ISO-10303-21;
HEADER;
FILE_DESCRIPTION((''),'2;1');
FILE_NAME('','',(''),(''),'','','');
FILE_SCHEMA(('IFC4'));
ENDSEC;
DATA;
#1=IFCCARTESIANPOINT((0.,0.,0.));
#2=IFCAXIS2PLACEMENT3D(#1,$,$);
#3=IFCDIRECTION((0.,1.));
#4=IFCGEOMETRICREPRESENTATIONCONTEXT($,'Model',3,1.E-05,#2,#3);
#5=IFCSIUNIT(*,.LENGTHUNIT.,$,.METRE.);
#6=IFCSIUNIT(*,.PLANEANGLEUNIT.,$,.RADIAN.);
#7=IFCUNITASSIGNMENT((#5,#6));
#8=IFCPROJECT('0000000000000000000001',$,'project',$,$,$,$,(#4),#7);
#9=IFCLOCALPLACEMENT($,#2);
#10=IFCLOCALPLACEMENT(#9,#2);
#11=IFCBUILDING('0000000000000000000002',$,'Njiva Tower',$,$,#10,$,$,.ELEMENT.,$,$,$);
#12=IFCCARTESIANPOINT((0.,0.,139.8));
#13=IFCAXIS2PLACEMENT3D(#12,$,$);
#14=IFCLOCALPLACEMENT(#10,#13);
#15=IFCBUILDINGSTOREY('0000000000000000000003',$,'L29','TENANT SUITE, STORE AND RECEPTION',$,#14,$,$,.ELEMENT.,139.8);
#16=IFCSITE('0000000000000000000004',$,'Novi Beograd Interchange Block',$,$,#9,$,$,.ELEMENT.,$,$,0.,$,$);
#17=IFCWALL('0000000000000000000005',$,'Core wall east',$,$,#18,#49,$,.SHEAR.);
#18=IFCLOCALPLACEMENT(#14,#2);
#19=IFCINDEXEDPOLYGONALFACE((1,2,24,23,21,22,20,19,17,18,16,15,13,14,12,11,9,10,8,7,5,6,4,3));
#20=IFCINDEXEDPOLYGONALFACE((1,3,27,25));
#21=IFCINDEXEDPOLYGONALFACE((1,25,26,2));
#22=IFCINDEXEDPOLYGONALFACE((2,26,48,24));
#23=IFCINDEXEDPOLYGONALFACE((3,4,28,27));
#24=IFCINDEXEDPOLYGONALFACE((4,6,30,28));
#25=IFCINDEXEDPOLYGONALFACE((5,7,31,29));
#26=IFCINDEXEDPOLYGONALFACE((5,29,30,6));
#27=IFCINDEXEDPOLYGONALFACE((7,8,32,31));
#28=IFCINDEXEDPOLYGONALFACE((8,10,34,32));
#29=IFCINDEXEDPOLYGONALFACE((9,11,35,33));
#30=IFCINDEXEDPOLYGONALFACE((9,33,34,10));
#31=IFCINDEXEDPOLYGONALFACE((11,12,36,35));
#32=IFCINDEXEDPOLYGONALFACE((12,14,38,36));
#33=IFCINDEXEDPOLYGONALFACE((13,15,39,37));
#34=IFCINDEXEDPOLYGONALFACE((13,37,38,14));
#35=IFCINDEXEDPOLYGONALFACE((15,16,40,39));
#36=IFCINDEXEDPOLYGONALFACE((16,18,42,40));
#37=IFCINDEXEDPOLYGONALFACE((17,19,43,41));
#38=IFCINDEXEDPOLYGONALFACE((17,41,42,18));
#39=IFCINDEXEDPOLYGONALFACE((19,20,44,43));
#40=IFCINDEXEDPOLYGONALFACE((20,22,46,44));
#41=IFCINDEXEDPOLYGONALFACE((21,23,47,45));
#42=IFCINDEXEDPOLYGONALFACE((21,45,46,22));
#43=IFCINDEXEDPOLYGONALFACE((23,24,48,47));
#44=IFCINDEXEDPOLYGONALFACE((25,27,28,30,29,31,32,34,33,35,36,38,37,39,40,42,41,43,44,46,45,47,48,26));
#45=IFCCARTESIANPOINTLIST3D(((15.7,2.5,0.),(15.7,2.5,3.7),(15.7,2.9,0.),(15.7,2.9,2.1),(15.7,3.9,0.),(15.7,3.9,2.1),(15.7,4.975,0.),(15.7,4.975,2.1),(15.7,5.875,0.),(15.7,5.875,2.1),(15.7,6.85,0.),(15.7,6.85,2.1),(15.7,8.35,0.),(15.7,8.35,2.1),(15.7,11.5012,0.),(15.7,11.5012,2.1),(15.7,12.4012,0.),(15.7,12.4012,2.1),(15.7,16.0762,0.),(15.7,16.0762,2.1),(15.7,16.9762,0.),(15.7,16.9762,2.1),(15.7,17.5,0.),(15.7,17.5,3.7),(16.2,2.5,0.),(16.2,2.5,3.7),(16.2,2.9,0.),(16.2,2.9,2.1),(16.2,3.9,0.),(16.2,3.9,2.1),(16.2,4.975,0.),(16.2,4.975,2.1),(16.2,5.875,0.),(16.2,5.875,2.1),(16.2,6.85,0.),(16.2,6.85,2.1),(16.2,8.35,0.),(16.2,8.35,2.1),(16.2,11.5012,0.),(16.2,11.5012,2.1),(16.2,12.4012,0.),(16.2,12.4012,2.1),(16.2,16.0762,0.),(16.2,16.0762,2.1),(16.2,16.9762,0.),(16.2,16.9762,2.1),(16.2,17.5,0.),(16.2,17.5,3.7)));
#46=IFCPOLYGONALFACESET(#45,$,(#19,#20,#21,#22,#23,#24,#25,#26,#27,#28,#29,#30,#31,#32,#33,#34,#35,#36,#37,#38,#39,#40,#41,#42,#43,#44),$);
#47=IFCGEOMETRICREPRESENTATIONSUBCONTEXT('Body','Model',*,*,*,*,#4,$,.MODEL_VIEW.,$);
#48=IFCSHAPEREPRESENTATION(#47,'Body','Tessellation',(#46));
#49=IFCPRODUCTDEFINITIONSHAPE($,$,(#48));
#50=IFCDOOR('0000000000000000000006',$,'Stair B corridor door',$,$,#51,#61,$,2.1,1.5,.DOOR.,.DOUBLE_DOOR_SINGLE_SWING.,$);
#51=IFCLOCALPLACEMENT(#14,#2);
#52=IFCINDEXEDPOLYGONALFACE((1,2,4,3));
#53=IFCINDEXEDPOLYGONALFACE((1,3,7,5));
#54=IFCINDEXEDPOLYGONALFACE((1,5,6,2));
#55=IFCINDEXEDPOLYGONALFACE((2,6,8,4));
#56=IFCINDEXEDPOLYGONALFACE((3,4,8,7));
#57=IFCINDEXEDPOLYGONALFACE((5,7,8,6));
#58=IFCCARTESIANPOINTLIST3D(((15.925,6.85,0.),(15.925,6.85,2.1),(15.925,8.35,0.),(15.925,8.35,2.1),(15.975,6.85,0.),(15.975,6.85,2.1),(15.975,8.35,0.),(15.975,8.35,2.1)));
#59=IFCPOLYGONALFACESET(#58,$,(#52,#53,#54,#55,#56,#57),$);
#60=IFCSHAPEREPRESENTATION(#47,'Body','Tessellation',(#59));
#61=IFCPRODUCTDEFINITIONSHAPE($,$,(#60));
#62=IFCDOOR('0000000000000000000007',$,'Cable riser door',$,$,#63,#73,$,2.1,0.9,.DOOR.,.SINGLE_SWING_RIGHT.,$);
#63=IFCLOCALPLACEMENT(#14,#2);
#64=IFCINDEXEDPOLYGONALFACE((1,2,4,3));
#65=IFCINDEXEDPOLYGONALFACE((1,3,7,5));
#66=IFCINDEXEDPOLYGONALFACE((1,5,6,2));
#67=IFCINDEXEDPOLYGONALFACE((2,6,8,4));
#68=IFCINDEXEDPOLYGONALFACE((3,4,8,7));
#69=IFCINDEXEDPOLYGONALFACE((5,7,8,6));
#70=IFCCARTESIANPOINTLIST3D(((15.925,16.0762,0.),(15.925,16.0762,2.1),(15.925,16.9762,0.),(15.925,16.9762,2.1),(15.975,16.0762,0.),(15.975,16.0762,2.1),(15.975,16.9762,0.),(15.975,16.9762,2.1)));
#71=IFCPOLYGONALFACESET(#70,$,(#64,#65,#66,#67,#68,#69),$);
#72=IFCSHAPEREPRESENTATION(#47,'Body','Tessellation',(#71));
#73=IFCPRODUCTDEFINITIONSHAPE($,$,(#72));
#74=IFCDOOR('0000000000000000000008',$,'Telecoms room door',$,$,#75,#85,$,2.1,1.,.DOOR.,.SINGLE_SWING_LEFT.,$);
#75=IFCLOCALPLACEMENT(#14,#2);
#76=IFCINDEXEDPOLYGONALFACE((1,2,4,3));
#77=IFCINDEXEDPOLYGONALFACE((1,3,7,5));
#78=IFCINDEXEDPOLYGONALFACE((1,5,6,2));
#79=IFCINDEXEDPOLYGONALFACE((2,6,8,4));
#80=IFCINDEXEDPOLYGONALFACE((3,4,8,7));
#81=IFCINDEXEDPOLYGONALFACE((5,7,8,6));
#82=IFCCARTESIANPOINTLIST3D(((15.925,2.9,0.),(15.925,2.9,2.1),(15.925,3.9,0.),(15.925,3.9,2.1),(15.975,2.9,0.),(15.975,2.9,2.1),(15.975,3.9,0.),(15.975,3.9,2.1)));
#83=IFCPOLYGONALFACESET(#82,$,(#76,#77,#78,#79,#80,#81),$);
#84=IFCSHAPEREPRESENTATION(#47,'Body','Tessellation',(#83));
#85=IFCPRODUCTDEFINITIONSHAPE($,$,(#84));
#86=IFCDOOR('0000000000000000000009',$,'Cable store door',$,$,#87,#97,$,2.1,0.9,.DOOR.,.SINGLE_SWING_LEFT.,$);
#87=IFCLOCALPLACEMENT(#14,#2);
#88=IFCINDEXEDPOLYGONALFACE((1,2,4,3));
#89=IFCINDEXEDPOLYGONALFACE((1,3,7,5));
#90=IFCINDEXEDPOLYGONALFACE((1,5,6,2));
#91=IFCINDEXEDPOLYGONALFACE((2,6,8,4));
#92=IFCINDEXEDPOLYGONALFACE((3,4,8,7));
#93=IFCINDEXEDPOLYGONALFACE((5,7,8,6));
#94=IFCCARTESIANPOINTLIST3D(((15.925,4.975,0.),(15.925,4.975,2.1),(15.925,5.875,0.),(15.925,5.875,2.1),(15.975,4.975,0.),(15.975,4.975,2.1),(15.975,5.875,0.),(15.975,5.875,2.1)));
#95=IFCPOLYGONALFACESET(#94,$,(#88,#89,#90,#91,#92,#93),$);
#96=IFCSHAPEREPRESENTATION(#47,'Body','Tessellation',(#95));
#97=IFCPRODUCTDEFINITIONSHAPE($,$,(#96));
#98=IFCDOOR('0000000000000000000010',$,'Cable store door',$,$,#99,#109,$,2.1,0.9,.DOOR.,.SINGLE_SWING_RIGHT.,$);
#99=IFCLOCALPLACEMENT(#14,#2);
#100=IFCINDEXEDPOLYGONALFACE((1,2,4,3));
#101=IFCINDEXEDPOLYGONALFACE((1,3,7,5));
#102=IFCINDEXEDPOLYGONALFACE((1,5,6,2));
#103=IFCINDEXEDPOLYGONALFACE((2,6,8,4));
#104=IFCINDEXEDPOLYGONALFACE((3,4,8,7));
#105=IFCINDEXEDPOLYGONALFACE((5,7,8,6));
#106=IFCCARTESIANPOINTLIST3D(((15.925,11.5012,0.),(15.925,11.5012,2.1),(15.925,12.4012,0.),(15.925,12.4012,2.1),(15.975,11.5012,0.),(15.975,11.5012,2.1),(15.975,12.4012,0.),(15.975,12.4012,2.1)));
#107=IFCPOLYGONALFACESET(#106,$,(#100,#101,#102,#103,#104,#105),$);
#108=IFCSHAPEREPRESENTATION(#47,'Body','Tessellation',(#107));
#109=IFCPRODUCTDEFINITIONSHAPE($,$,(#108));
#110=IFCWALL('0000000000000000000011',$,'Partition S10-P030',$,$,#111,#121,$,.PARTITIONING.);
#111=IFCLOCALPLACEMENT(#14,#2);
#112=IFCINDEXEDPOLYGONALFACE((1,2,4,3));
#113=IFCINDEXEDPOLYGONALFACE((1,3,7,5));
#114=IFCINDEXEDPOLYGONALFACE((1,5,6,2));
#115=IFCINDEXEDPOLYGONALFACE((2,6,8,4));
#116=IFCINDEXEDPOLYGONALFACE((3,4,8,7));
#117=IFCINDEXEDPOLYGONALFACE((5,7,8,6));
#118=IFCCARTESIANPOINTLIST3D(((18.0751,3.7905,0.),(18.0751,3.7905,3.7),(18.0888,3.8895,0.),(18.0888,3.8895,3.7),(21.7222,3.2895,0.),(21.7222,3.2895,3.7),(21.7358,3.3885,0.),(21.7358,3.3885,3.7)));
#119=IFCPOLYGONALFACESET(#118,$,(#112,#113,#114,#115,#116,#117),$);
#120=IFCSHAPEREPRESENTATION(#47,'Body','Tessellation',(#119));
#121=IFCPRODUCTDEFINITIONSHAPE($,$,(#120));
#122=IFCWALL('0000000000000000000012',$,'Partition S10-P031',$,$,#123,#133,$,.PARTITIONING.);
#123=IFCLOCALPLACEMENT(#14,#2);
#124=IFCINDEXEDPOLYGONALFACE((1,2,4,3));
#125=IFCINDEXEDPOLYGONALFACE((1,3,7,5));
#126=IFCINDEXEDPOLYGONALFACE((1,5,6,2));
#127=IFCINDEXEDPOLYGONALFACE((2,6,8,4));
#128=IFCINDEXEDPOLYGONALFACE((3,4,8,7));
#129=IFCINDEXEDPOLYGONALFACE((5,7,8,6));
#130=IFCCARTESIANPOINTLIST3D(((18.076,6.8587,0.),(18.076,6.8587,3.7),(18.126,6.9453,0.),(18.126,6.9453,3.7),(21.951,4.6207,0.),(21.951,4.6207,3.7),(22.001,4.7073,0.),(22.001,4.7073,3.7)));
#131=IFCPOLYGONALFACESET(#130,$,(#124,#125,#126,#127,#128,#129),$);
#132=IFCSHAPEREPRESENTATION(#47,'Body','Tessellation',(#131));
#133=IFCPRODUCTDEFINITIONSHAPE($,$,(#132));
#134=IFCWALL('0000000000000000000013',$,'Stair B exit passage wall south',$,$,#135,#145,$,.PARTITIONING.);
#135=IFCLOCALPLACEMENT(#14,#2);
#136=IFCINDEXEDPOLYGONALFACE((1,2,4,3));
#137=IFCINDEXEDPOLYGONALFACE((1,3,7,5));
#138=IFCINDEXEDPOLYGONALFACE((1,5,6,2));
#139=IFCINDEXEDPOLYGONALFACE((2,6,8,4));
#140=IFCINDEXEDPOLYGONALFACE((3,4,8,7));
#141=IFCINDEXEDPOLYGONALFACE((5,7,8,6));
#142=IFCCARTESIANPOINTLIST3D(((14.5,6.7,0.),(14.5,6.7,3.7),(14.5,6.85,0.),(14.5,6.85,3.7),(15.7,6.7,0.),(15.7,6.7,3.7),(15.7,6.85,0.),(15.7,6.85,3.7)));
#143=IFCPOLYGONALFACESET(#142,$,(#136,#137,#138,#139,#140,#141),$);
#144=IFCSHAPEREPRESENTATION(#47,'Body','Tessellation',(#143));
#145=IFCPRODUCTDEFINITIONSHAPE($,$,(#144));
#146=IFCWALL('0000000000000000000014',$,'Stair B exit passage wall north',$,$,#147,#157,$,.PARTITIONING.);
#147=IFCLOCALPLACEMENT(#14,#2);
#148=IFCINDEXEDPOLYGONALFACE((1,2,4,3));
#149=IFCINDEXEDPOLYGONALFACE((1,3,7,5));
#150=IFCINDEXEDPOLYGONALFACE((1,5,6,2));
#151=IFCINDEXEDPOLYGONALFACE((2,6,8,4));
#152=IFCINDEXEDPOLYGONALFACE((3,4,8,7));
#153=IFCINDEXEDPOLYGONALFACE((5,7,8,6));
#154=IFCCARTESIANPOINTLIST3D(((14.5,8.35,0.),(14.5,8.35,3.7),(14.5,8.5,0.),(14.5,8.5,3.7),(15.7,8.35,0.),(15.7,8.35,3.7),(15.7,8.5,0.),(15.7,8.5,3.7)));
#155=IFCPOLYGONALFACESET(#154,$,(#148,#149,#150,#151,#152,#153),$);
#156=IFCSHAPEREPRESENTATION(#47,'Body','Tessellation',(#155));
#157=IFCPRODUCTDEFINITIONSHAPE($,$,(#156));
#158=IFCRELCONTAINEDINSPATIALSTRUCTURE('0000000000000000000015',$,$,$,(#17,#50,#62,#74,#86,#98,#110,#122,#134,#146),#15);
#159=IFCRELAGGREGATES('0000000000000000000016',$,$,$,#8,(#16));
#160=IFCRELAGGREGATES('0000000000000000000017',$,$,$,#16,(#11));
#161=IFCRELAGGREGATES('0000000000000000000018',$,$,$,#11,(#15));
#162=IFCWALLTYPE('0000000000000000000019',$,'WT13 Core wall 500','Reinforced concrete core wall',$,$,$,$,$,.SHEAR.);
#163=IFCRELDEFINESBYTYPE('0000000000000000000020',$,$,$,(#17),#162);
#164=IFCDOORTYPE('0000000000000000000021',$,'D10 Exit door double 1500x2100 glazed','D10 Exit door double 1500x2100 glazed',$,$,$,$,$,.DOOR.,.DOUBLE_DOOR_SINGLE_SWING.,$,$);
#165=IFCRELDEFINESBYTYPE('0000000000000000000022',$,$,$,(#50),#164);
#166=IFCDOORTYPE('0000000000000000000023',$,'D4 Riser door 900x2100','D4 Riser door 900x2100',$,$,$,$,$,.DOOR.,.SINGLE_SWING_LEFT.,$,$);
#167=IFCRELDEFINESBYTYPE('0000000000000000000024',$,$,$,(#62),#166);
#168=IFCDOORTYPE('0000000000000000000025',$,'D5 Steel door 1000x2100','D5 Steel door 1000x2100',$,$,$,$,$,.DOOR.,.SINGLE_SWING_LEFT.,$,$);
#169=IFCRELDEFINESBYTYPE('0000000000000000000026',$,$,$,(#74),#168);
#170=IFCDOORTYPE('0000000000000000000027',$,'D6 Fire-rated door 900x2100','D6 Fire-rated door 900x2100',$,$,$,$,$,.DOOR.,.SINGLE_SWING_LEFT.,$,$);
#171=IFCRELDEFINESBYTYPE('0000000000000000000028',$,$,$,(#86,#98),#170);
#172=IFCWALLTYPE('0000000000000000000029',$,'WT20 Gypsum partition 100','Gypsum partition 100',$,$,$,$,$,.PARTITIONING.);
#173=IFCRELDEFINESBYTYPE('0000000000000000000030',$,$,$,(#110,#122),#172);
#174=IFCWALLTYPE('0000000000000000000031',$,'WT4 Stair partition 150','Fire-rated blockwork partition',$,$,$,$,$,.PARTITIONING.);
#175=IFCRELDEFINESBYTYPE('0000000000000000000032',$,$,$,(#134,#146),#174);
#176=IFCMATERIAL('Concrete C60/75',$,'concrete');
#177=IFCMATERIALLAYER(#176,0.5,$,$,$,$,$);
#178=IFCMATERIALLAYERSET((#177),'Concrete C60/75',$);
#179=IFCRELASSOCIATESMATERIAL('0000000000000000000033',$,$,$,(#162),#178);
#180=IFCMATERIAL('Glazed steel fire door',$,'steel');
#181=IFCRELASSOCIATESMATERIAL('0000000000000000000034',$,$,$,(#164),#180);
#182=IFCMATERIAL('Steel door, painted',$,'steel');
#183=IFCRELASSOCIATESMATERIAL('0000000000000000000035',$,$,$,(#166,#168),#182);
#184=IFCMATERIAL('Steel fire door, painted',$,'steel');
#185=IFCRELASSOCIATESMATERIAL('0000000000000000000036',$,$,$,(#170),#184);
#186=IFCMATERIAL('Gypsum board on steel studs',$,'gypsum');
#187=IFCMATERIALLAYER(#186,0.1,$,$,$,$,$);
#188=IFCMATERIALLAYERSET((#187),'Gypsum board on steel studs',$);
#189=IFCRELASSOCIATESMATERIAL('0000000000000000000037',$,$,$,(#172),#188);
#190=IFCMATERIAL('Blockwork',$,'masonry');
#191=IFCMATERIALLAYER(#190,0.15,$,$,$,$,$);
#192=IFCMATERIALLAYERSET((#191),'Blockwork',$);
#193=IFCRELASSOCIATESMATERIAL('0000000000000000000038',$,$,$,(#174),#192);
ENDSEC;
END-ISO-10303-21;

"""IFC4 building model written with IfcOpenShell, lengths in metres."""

from ifc_helpers import new_model, si_unit, direction, frame, frame_2d, origin, place, context, subcontext, project, spatial, rectangle, extrude, material, layer, layer_set, type_object, element, fill, save


model = new_model("IFC4")

# Units and contexts
model_context = context("Model", 3, precision=1e-05, world=origin(), true_north=direction((0.0, 1.0)))
body_context = subcontext(model_context, "Body", "Model", "MODEL_VIEW")
ifc_project = project(units=[si_unit("LENGTHUNIT", "METRE"), si_unit("PLANEANGLEUNIT", "RADIAN")], contexts=[model_context])

# Site, building, storey
site_placement = place(None, origin())
site = spatial("IfcSite", under=ifc_project, at=site_placement, Name="Novi Beograd Interchange Block", CompositionType="ELEMENT", RefElevation=0.0)
building_placement = place(site_placement, origin())
building = spatial("IfcBuilding", under=site, at=building_placement, Name="Njiva Tower", CompositionType="ELEMENT")
storey_placement = place(building_placement, frame((0.0, 0.0, 139.8)))
storey = spatial("IfcBuildingStorey", under=building, at=storey_placement, Name="L29", Description="TENANT SUITE, STORE AND RECEPTION", CompositionType="ELEMENT", Elevation=139.8)

# Shared definitions
ifc_material_1 = material(Name="Blockwork", Category="masonry")

# Wall, openings, doors
ifc_material_2 = material(Name="Concrete C60/75", Category="concrete")
ifc_layer_1 = layer(ifc_material_2, 0.5)
ifc_layer_set_1 = layer_set([ifc_layer_1], Name="Concrete C60/75")
wall_type_1 = type_object("IfcWallType", Name="WT13 Core wall 500", Description="Reinforced concrete core wall", PredefinedType="SHEAR", material=ifc_layer_set_1)
wall_1_placement = place(storey_placement, frame((15.95, 2.5, 0.0), z_axis=(0.0, 0.0, 1.0), x_axis=(0.0, 1.0, 0.0)))
wall_1 = element("IfcWall", 1, at=wall_1_placement, inside=storey, type_object=wall_type_1, Name="Core wall east", PredefinedType="SHEAR", context=body_context, shape_type="SweptSolid", body=[
    extrude(rectangle(XDim=15.0, YDim=0.5, at=frame_2d((7.5, 0.0))), origin(), (0.0, 0.0, 1.0), 3.7),
])
opening_1_placement = place(wall_1_placement, frame((4.35, 0.0, 0.0)))
opening_1 = element("IfcOpeningElement", 2, at=opening_1_placement, cuts=wall_1, PredefinedType="OPENING", context=body_context, shape_type="SweptSolid", body=[
    extrude(rectangle(XDim=1.5, YDim=2.1, at=frame_2d((0.75, 1.05))), frame((0.0, 0.26, 0.0), z_axis=(0.0, -1.0, 0.0), x_axis=(1.0, 0.0, 0.0)), (0.0, 0.0, 1.0), 0.52),
])
opening_2_placement = place(wall_1_placement, frame((0.4, 0.0, 0.0)))
opening_2 = element("IfcOpeningElement", 3, at=opening_2_placement, cuts=wall_1, PredefinedType="OPENING", context=body_context, shape_type="SweptSolid", body=[
    extrude(rectangle(XDim=1.0, YDim=2.1, at=frame_2d((0.5, 1.05))), frame((0.0, 0.26, 0.0), z_axis=(0.0, -1.0, 0.0), x_axis=(1.0, 0.0, 0.0)), (0.0, 0.0, 1.0), 0.52),
])
opening_3_placement = place(wall_1_placement, frame((2.475, 0.0, 0.0)))
opening_3 = element("IfcOpeningElement", 4, at=opening_3_placement, cuts=wall_1, PredefinedType="OPENING", context=body_context, shape_type="SweptSolid", body=[
    extrude(rectangle(XDim=0.9, YDim=2.1, at=frame_2d((0.45, 1.05))), frame((0.0, 0.26, 0.0), z_axis=(0.0, -1.0, 0.0), x_axis=(1.0, 0.0, 0.0)), (0.0, 0.0, 1.0), 0.52),
])
opening_4_placement = place(wall_1_placement, frame((9.0012, 0.0, 0.0)))
opening_4 = element("IfcOpeningElement", 5, at=opening_4_placement, cuts=wall_1, PredefinedType="OPENING", context=body_context, shape_type="SweptSolid", body=[
    extrude(rectangle(XDim=0.9, YDim=2.1, at=frame_2d((0.45, 1.05))), frame((0.0, 0.26, 0.0), z_axis=(0.0, -1.0, 0.0), x_axis=(1.0, 0.0, 0.0)), (0.0, 0.0, 1.0), 0.52),
])
opening_5_placement = place(wall_1_placement, frame((13.5762, 0.0, 0.0)))
opening_5 = element("IfcOpeningElement", 6, at=opening_5_placement, cuts=wall_1, PredefinedType="OPENING", context=body_context, shape_type="SweptSolid", body=[
    extrude(rectangle(XDim=0.9, YDim=2.1, at=frame_2d((0.45, 1.05))), frame((0.0, 0.26, 0.0), z_axis=(0.0, -1.0, 0.0), x_axis=(1.0, 0.0, 0.0)), (0.0, 0.0, 1.0), 0.52),
])
ifc_material_3 = material(Name="Glazed steel fire door", Category="steel")
door_type_1 = type_object("IfcDoorType", Name="D10 Exit door double 1500x2100 glazed", Description="D10 Exit door double 1500x2100 glazed", OperationType="DOUBLE_DOOR_SINGLE_SWING", PredefinedType="DOOR", material=ifc_material_3)
door_1_placement = place(opening_1_placement, origin())
door_1 = element("IfcDoor", 7, at=door_1_placement, inside=storey, type_object=door_type_1, Name="Stair B corridor door", OperationType="DOUBLE_DOOR_SINGLE_SWING", OverallHeight=2.1, OverallWidth=1.5, PredefinedType="DOOR", context=body_context, shape_type="SweptSolid", body=[
    extrude(rectangle(XDim=1.5, YDim=2.1, at=frame_2d((0.75, 1.05))), frame((0.0, 0.025, 0.0), z_axis=(0.0, -1.0, 0.0), x_axis=(1.0, 0.0, 0.0)), (0.0, 0.0, 1.0), 0.05),
])
fill(opening_1, door_1)
ifc_material_4 = material(Name="Steel door, painted", Category="steel")
door_type_2 = type_object("IfcDoorType", Name="D4 Riser door 900x2100", Description="D4 Riser door 900x2100", OperationType="SINGLE_SWING_LEFT", PredefinedType="DOOR", material=ifc_material_4)
door_2_placement = place(opening_5_placement, origin())
door_2 = element("IfcDoor", 8, at=door_2_placement, inside=storey, type_object=door_type_2, Name="Cable riser door", OperationType="SINGLE_SWING_RIGHT", OverallHeight=2.1, OverallWidth=0.9, PredefinedType="DOOR", context=body_context, shape_type="SweptSolid", body=[
    extrude(rectangle(XDim=0.9, YDim=2.1, at=frame_2d((0.45, 1.05))), frame((0.0, 0.025, 0.0), z_axis=(0.0, -1.0, 0.0), x_axis=(1.0, 0.0, 0.0)), (0.0, 0.0, 1.0), 0.05),
])
fill(opening_5, door_2)
door_type_3 = type_object("IfcDoorType", Name="D5 Steel door 1000x2100", Description="D5 Steel door 1000x2100", OperationType="SINGLE_SWING_LEFT", PredefinedType="DOOR", material=ifc_material_4)
door_3_placement = place(opening_2_placement, origin())
door_3 = element("IfcDoor", 9, at=door_3_placement, inside=storey, type_object=door_type_3, Name="Telecoms room door", OperationType="SINGLE_SWING_LEFT", OverallHeight=2.1, OverallWidth=1.0, PredefinedType="DOOR", context=body_context, shape_type="SweptSolid", body=[
    extrude(rectangle(XDim=1.0, YDim=2.1, at=frame_2d((0.5, 1.05))), frame((0.0, 0.025, 0.0), z_axis=(0.0, -1.0, 0.0), x_axis=(1.0, 0.0, 0.0)), (0.0, 0.0, 1.0), 0.05),
])
fill(opening_2, door_3)
ifc_material_5 = material(Name="Steel fire door, painted", Category="steel")
door_type_4 = type_object("IfcDoorType", Name="D6 Fire-rated door 900x2100", Description="D6 Fire-rated door 900x2100", OperationType="SINGLE_SWING_LEFT", PredefinedType="DOOR", material=ifc_material_5)
door_4_placement = place(opening_3_placement, origin())
door_4 = element("IfcDoor", 10, at=door_4_placement, inside=storey, type_object=door_type_4, Name="Cable store door", OperationType="SINGLE_SWING_LEFT", OverallHeight=2.1, OverallWidth=0.9, PredefinedType="DOOR", context=body_context, shape_type="SweptSolid", body=[
    extrude(rectangle(XDim=0.9, YDim=2.1, at=frame_2d((0.45, 1.05))), frame((0.0, 0.025, 0.0), z_axis=(0.0, -1.0, 0.0), x_axis=(1.0, 0.0, 0.0)), (0.0, 0.0, 1.0), 0.05),
])
fill(opening_3, door_4)
door_5_placement = place(opening_4_placement, origin())
door_5 = element("IfcDoor", 11, at=door_5_placement, inside=storey, type_object=door_type_4, Name="Cable store door", OperationType="SINGLE_SWING_RIGHT", OverallHeight=2.1, OverallWidth=0.9, PredefinedType="DOOR", context=body_context, shape_type="SweptSolid", body=[
    extrude(rectangle(XDim=0.9, YDim=2.1, at=frame_2d((0.45, 1.05))), frame((0.0, 0.025, 0.0), z_axis=(0.0, -1.0, 0.0), x_axis=(1.0, 0.0, 0.0)), (0.0, 0.0, 1.0), 0.05),
])
fill(opening_4, door_5)

# Walls
ifc_material_6 = material(Name="Gypsum board on steel studs", Category="gypsum")
ifc_layer_2 = layer(ifc_material_6, 0.1)
ifc_layer_set_2 = layer_set([ifc_layer_2], Name="Gypsum board on steel studs")
wall_type_2 = type_object("IfcWallType", Name="WT20 Gypsum partition 100", Description="Gypsum partition 100", PredefinedType="PARTITIONING", material=ifc_layer_set_2)
wall_2_placement = place(storey_placement, frame((18.082, 3.84, 0.0), z_axis=(0.0, 0.0, 1.0), x_axis=(0.990696, -0.136095, 0.0)))
element("IfcWall", 12, at=wall_2_placement, inside=storey, type_object=wall_type_2, Name="Partition S10-P030", PredefinedType="PARTITIONING", context=body_context, shape_type="SweptSolid", body=[
    extrude(rectangle(XDim=3.6813, YDim=0.1, at=frame_2d((1.8406, 0.0))), origin(), (0.0, 0.0, 1.0), 3.7),
])
wall_3_placement = place(storey_placement, frame((18.101, 6.902, 0.0), z_axis=(0.0, 0.0, 1.0), x_axis=(0.865951, -0.500129, 0.0)))
element("IfcWall", 13, at=wall_3_placement, inside=storey, type_object=wall_type_2, Name="Partition S10-P031", PredefinedType="PARTITIONING", context=body_context, shape_type="SweptSolid", body=[
    extrude(rectangle(XDim=4.4748, YDim=0.1, at=frame_2d((2.2374, 0.0))), origin(), (0.0, 0.0, 1.0), 3.7),
])
ifc_layer_3 = layer(ifc_material_1, 0.15)
ifc_layer_set_3 = layer_set([ifc_layer_3], Name="Blockwork")
wall_type_3 = type_object("IfcWallType", Name="WT4 Stair partition 150", Description="Fire-rated blockwork partition", PredefinedType="PARTITIONING", material=ifc_layer_set_3)
for number, where, z_axis, x_axis, name in (
    (14, (14.5, 6.775, 0.0), (0.0, 0.0, 1.0), (1.0, 0.0, 0.0), "Stair B exit passage wall south"),
    (15, (14.5, 8.425, 0.0), (0.0, 0.0, 1.0), (1.0, 0.0, 0.0), "Stair B exit passage wall north"),
):
    element("IfcWall", number, at=place(storey_placement, frame(where, z_axis=z_axis, x_axis=x_axis)), inside=storey, type_object=wall_type_3, Name=name, PredefinedType="PARTITIONING", context=body_context, shape_type="SweptSolid", body=[
        extrude(rectangle(XDim=1.2, YDim=0.15, at=frame_2d((0.6, 0.0))), origin(), (0.0, 0.0, 1.0), 3.7),
    ])

save(model, "model.ifc")
